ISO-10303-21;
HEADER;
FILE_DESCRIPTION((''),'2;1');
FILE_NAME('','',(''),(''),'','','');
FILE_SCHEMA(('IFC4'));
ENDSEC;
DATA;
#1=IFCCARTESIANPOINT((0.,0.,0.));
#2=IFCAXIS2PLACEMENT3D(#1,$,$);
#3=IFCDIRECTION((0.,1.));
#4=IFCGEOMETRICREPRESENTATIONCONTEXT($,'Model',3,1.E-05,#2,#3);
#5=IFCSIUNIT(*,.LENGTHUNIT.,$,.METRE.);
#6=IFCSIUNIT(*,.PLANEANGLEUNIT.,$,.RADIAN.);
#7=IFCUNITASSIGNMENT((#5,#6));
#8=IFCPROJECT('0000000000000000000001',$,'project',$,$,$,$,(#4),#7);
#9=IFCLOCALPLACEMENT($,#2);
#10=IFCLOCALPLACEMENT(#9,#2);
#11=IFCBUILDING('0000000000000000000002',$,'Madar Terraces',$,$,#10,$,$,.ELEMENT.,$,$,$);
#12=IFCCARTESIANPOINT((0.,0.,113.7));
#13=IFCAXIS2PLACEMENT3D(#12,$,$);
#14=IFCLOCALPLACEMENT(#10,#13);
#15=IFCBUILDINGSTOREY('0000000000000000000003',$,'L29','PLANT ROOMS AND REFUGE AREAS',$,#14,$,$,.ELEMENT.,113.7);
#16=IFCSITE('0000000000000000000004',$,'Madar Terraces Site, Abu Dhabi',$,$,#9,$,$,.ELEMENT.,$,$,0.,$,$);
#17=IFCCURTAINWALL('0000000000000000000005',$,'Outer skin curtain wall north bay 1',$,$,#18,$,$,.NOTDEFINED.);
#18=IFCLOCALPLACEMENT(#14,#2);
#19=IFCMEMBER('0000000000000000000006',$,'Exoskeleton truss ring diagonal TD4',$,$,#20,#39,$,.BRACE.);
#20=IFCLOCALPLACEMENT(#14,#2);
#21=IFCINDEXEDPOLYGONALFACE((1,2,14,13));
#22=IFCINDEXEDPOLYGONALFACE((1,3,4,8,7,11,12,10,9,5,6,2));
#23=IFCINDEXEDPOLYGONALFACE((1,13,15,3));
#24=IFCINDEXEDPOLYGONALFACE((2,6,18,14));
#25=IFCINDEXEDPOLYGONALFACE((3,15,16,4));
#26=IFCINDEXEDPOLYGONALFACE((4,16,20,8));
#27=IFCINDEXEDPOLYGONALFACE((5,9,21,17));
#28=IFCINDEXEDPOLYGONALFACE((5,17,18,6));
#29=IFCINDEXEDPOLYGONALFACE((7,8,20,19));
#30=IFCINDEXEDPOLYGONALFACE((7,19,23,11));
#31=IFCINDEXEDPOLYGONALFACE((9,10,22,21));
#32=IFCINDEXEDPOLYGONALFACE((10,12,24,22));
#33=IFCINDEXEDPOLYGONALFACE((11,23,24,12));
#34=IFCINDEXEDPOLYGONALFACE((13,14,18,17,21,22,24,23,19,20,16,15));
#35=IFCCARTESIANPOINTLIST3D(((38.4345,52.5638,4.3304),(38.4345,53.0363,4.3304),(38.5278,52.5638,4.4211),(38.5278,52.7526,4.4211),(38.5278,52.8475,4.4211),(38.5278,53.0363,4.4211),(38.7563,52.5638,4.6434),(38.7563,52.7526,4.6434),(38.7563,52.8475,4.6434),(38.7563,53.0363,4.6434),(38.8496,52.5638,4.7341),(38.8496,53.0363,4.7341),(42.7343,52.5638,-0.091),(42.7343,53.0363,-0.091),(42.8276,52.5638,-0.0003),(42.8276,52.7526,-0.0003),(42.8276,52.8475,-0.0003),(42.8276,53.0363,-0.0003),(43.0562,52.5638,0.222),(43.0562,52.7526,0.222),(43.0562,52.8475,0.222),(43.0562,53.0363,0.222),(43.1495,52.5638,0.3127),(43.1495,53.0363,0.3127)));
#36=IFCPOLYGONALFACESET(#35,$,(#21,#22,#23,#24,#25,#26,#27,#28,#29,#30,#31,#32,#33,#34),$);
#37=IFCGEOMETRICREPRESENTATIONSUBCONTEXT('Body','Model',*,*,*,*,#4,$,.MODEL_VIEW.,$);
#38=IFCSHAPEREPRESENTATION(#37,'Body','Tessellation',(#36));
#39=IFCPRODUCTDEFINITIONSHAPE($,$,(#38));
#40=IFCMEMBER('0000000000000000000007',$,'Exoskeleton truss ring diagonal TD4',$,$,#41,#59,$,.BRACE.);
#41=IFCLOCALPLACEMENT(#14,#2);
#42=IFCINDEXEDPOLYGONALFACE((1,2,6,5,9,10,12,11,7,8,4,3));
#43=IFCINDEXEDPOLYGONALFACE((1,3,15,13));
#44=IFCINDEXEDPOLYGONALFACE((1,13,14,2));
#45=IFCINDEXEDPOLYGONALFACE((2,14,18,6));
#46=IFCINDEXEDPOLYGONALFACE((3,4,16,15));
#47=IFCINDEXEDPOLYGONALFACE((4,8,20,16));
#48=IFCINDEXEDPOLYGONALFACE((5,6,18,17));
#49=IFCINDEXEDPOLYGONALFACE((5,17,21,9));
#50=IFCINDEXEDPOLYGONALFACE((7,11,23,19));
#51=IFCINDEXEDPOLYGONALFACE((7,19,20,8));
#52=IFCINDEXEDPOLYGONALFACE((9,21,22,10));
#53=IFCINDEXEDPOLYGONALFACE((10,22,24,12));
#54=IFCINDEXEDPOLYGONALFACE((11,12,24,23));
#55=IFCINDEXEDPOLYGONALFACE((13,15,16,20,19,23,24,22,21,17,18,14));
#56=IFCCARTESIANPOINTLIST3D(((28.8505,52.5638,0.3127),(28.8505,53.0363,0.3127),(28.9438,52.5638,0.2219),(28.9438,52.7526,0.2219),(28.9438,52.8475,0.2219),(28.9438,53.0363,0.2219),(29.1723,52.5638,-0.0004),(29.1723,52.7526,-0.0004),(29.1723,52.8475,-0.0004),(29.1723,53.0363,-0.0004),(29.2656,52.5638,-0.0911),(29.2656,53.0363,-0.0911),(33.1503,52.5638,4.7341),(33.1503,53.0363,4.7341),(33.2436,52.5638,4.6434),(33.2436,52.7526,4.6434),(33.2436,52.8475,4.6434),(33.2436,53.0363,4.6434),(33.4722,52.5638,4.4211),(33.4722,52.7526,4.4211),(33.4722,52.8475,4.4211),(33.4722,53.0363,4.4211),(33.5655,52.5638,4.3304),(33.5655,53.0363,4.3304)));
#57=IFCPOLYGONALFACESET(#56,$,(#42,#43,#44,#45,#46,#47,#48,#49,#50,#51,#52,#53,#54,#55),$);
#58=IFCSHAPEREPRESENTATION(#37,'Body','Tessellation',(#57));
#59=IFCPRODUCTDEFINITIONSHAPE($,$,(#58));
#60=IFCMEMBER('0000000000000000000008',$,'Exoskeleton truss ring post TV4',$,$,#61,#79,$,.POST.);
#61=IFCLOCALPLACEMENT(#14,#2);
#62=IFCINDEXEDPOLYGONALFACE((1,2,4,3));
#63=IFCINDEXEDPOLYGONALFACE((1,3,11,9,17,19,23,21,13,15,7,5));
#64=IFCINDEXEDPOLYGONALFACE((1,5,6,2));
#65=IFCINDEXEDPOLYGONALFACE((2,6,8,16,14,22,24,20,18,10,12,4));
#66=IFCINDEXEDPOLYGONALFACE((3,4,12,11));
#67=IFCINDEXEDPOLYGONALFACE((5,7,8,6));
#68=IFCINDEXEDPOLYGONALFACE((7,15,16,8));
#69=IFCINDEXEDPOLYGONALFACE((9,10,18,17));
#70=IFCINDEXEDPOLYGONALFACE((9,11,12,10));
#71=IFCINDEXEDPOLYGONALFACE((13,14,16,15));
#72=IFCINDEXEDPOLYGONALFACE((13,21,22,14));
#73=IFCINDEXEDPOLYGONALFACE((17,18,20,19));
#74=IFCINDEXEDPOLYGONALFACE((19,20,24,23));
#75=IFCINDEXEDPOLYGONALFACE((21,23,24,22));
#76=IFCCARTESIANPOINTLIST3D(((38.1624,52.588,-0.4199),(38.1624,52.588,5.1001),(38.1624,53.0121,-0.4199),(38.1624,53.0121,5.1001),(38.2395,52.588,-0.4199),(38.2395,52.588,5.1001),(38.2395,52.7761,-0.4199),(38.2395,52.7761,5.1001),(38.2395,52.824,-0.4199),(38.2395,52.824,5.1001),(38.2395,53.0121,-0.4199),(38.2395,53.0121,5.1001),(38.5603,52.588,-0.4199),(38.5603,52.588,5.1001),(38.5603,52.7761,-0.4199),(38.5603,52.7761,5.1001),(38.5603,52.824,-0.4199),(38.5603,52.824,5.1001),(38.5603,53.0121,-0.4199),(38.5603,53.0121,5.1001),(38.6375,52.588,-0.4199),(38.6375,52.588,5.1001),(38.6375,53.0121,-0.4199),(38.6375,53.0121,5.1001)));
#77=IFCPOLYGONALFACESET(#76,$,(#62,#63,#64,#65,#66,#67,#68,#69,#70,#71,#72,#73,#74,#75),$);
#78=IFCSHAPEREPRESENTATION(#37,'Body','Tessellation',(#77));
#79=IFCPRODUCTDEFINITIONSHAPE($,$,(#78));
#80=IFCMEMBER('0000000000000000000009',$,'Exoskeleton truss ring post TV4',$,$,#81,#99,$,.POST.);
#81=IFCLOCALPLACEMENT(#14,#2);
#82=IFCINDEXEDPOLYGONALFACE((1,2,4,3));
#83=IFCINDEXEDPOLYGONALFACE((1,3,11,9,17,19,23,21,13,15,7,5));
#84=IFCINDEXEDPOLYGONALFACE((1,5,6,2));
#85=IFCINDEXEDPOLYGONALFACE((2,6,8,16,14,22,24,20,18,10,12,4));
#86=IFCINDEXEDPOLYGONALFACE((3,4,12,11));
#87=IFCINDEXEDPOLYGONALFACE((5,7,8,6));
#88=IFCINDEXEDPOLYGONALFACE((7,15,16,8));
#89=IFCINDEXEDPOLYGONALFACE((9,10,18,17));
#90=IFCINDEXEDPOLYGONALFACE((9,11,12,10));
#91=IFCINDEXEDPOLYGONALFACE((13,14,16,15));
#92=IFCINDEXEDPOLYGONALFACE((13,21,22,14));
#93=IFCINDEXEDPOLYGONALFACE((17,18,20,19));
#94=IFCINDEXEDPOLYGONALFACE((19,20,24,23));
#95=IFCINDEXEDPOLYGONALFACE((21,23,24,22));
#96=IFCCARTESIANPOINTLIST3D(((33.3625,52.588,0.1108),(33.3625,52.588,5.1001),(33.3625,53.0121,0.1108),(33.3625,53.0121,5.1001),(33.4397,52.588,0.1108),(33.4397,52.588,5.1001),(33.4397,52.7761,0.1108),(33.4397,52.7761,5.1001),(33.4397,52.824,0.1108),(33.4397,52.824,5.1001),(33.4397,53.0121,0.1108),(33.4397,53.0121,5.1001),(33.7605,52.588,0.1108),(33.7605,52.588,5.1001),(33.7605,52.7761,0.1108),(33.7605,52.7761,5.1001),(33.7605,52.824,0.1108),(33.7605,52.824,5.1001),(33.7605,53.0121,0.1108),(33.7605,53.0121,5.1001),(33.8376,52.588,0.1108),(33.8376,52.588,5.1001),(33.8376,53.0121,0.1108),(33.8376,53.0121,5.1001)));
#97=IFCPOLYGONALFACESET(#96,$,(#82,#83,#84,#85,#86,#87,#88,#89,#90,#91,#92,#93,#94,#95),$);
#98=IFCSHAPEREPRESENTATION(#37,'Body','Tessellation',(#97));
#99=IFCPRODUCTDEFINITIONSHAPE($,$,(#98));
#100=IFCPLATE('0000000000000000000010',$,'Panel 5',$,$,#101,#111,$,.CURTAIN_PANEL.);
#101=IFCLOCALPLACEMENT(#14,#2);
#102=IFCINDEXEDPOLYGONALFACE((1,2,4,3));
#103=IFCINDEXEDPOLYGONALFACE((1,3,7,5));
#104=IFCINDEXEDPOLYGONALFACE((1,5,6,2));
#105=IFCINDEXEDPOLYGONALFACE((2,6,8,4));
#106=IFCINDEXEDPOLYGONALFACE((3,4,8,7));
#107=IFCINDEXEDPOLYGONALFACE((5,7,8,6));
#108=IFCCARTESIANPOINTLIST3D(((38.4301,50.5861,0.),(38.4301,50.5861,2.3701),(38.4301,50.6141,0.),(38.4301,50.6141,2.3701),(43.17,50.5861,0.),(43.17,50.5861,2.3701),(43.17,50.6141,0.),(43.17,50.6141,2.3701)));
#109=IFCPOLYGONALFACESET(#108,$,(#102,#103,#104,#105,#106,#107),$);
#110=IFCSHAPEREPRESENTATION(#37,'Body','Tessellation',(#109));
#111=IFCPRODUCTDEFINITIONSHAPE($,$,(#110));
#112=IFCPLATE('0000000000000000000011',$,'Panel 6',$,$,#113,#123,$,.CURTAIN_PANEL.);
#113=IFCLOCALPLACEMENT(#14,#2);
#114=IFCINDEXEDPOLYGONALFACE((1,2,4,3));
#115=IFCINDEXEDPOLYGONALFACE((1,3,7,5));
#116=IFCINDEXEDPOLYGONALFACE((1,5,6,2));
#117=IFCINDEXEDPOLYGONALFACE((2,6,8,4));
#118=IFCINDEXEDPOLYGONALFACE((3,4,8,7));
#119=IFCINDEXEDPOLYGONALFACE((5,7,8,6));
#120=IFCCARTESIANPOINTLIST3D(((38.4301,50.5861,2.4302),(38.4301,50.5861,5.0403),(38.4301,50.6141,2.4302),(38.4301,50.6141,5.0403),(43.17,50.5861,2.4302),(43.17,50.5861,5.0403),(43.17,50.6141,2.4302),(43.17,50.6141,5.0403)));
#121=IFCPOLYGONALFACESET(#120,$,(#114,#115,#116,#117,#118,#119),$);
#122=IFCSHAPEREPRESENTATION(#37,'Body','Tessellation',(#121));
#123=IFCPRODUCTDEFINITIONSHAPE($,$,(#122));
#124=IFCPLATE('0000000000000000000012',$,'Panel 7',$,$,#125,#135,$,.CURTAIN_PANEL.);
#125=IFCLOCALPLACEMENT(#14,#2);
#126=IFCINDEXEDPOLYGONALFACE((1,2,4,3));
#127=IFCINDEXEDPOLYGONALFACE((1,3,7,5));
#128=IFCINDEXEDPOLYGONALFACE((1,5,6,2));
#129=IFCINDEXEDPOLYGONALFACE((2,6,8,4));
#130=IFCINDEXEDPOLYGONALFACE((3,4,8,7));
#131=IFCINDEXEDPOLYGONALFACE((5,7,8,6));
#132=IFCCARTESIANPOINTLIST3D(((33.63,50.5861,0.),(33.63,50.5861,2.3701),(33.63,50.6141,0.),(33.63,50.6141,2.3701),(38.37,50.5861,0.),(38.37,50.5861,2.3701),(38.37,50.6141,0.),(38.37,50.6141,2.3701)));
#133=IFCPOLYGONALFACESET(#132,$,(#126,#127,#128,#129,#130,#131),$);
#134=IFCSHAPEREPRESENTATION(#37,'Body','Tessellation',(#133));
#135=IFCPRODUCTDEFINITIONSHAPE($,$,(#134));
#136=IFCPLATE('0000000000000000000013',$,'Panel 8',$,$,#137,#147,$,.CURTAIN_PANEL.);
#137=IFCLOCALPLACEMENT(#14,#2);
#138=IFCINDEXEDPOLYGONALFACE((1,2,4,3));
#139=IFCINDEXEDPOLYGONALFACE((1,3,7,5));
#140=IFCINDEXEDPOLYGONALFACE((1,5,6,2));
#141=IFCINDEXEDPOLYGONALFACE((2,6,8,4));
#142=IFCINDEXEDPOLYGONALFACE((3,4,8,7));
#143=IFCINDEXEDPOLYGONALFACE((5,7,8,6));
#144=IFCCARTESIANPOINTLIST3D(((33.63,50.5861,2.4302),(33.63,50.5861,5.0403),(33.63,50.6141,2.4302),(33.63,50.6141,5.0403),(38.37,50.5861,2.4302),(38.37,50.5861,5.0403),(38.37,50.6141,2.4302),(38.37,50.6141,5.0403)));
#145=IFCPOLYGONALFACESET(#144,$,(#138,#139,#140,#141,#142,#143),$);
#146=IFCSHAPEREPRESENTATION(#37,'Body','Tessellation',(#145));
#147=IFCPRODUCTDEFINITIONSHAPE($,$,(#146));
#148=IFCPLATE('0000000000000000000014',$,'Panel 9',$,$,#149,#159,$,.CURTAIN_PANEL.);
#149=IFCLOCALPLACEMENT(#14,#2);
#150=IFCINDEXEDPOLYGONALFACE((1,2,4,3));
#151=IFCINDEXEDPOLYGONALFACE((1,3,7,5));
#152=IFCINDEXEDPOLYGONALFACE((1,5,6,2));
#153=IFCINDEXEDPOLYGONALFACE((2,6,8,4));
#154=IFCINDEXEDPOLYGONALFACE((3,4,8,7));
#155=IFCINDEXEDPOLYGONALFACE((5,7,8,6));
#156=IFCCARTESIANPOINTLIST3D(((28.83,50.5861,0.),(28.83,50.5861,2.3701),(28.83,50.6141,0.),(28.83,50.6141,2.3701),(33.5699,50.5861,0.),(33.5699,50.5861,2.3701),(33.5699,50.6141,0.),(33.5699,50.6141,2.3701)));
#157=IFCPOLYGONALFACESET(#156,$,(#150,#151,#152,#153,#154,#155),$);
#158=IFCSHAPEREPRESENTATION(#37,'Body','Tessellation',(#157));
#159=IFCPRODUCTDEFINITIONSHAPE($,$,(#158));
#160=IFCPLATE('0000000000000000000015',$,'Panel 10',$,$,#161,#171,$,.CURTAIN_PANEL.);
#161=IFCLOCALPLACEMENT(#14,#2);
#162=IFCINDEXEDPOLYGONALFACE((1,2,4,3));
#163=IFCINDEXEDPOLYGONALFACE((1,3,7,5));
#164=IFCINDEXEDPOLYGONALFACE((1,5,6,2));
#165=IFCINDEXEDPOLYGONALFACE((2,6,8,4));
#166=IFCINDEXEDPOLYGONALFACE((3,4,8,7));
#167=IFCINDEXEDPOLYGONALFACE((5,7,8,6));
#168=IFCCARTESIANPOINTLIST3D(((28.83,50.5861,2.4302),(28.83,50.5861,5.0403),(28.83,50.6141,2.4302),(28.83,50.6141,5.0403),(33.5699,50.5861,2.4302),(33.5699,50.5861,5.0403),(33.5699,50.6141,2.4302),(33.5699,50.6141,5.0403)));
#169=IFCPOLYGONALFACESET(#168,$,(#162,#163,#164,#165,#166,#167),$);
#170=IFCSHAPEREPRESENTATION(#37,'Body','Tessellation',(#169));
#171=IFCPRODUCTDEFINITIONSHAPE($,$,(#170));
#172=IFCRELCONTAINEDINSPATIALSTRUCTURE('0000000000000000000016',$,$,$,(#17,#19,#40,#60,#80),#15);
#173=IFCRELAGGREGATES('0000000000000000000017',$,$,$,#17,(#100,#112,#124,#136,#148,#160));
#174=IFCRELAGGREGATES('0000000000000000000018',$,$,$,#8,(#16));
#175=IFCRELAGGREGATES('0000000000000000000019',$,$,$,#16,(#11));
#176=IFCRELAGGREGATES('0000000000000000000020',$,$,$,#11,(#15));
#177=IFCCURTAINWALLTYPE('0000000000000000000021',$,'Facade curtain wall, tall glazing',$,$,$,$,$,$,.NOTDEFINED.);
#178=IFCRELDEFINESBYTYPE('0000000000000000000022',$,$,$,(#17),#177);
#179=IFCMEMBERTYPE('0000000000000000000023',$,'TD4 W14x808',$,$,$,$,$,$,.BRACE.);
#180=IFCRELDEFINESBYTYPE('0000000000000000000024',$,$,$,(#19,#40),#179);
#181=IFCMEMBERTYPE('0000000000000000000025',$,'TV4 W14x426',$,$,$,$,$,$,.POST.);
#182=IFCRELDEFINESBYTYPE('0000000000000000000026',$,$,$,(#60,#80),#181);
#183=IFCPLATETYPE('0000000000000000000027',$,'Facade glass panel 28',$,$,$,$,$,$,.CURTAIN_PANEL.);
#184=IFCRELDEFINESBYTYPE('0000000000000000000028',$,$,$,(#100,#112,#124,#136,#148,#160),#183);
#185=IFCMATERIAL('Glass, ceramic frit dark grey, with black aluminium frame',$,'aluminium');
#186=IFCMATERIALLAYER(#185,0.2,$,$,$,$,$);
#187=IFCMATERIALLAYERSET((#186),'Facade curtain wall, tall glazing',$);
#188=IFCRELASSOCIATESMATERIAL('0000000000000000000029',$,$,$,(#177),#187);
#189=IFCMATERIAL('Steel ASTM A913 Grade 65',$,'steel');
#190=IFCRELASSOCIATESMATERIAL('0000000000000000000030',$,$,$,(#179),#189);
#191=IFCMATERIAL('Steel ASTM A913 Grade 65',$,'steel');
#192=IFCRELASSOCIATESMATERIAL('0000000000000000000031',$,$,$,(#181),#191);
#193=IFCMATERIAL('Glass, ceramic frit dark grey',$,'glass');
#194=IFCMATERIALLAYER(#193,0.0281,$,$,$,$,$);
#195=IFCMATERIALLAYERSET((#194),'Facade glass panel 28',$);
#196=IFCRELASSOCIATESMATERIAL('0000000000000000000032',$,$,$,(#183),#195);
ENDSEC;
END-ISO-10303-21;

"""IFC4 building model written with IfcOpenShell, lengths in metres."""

from ifc_helpers import new_model, si_unit, direction, frame, origin, origin_2d, place, context, subcontext, project, spatial, rectangle, i_section, extrude, material, layer, layer_set, material_profile, profile_set, type_object, element, aggregate, save


model = new_model("IFC4")

# Units and contexts
model_context = context("Model", 3, precision=1e-05, world=origin(), true_north=direction((0.0, 1.0)))
body_context = subcontext(model_context, "Body", "Model", "MODEL_VIEW")
ifc_project = project(units=[si_unit("LENGTHUNIT", "METRE"), si_unit("PLANEANGLEUNIT", "RADIAN")], contexts=[model_context])

# Site, building, storey
site_placement = place(None, origin())
site = spatial("IfcSite", under=ifc_project, at=site_placement, Name="Madar Terraces Site, Abu Dhabi", CompositionType="ELEMENT", RefElevation=0.0)
building_placement = place(site_placement, origin())
building = spatial("IfcBuilding", under=site, at=building_placement, Name="Madar Terraces", CompositionType="ELEMENT")
storey_placement = place(building_placement, frame((0.0, 0.0, 113.7)))
storey = spatial("IfcBuildingStorey", under=building, at=storey_placement, Name="L29", Description="PLANT ROOMS AND REFUGE AREAS", CompositionType="ELEMENT", Elevation=113.7)

# Curtain wall
ifc_material_1 = material(Name="Glass, ceramic frit dark grey, with black aluminium frame", Category="aluminium")
ifc_layer_1 = layer(ifc_material_1, 0.2)
ifc_layer_set_1 = layer_set([ifc_layer_1], Name="Facade curtain wall, tall glazing")
curtain_wall_type = type_object("IfcCurtainWallType", Name="Facade curtain wall, tall glazing", PredefinedType="NOTDEFINED", material=ifc_layer_set_1)
curtain_wall_placement = place(storey_placement, origin())
curtain_wall = element("IfcCurtainWall", 1, at=curtain_wall_placement, inside=storey, type_object=curtain_wall_type, Name="Outer skin curtain wall north bay 1", PredefinedType="NOTDEFINED")

# Members
ifc_material_2 = material(Name="Steel ASTM A913 Grade 65", Category="steel")
ifc_material_profile_1 = material_profile(ifc_material_2, i_section(OverallWidth=0.4724, OverallDepth=0.5791, WebThickness=0.095, FlangeThickness=0.1301, at=origin_2d()), Name="W14x808")
ifc_profile_set_1 = profile_set([ifc_material_profile_1], Name="Steel ASTM A913 Grade 65")
member_type_1 = type_object("IfcMemberType", Name="TD4 W14x808", PredefinedType="BRACE", material=ifc_profile_set_1)
for number, where, z_axis, x_axis, name in (
    (2, (42.9419, 52.8, 0.1108), (-0.697181, 0.0, 0.716895), (0.0, -1.0, 0.0), "Exoskeleton truss ring diagonal TD4"),
    (3, (33.3579, 52.8, 4.5322), (-0.697181, 0.0, -0.716895), (0.0, -1.0, 0.0), "Exoskeleton truss ring diagonal TD4"),
):
    element("IfcMember", number, at=place(storey_placement, frame(where, z_axis=z_axis, x_axis=x_axis)), inside=storey, type_object=member_type_1, Name=name, PredefinedType="BRACE", context=body_context, shape_type="SweptSolid", body=[
        extrude(i_section(OverallWidth=0.4724, OverallDepth=0.5791, WebThickness=0.095, FlangeThickness=0.1301, at=origin_2d()), origin(), (0.0, 0.0, 1.0), 6.1675),
    ])
ifc_material_3 = material(Name="Steel ASTM A913 Grade 65", Category="steel")
ifc_material_profile_2 = material_profile(ifc_material_3, i_section(OverallWidth=0.4241, OverallDepth=0.4751, WebThickness=0.0479, FlangeThickness=0.0771, at=origin_2d()), Name="W14x426")
ifc_profile_set_2 = profile_set([ifc_material_profile_2], Name="Steel ASTM A913 Grade 65")
member_type_2 = type_object("IfcMemberType", Name="TV4 W14x426", PredefinedType="POST", material=ifc_profile_set_2)
member_1_placement = place(storey_placement, frame((38.3999, 52.8, -0.4199), z_axis=(0.0, 0.0, 1.0), x_axis=(0.0, -1.0, 0.0)))
element("IfcMember", 4, at=member_1_placement, inside=storey, type_object=member_type_2, Name="Exoskeleton truss ring post TV4", PredefinedType="POST", context=body_context, shape_type="SweptSolid", body=[
    extrude(i_section(OverallWidth=0.4241, OverallDepth=0.4751, WebThickness=0.0479, FlangeThickness=0.0771, at=origin_2d()), origin(), (0.0, 0.0, 1.0), 5.52),
])
member_2_placement = place(storey_placement, frame((33.6001, 52.8, 0.1108), z_axis=(0.0, 0.0, 1.0), x_axis=(0.0, -1.0, 0.0)))
element("IfcMember", 5, at=member_2_placement, inside=storey, type_object=member_type_2, Name="Exoskeleton truss ring post TV4", PredefinedType="POST", context=body_context, shape_type="SweptSolid", body=[
    extrude(i_section(OverallWidth=0.4241, OverallDepth=0.4751, WebThickness=0.0479, FlangeThickness=0.0771, at=origin_2d()), origin(), (0.0, 0.0, 1.0), 4.9893),
])

# Plates
ifc_material_4 = material(Name="Glass, ceramic frit dark grey", Category="glass")
ifc_layer_2 = layer(ifc_material_4, 0.0281)
ifc_layer_set_2 = layer_set([ifc_layer_2], Name="Facade glass panel 28")
plate_type = type_object("IfcPlateType", Name="Facade glass panel 28", PredefinedType="CURTAIN_PANEL", material=ifc_layer_set_2)
plate_1_placement = place(storey_placement, frame((40.8, 50.6001, 0.0), z_axis=(0.0, 0.0, 1.0), x_axis=(-1.0, 0.0, 0.0)))
plate_1 = element("IfcPlate", 6, at=plate_1_placement, type_object=plate_type, Name="Panel 5", PredefinedType="CURTAIN_PANEL", context=body_context, shape_type="SweptSolid", body=[
    extrude(rectangle(XDim=4.74, YDim=0.0281, at=origin_2d()), origin(), (0.0, 0.0, 1.0), 2.3701),
])
plate_2_placement = place(storey_placement, frame((40.8, 50.6001, 2.4302), z_axis=(0.0, 0.0, 1.0), x_axis=(-1.0, 0.0, 0.0)))
plate_2 = element("IfcPlate", 7, at=plate_2_placement, type_object=plate_type, Name="Panel 6", PredefinedType="CURTAIN_PANEL", context=body_context, shape_type="SweptSolid", body=[
    extrude(rectangle(XDim=4.74, YDim=0.0281, at=origin_2d()), origin(), (0.0, 0.0, 1.0), 2.6101),
])
plate_3_placement = place(storey_placement, frame((36.0, 50.6001, 0.0), z_axis=(0.0, 0.0, 1.0), x_axis=(-1.0, 0.0, 0.0)))
plate_3 = element("IfcPlate", 8, at=plate_3_placement, type_object=plate_type, Name="Panel 7", PredefinedType="CURTAIN_PANEL", context=body_context, shape_type="SweptSolid", body=[
    extrude(rectangle(XDim=4.74, YDim=0.0281, at=origin_2d()), origin(), (0.0, 0.0, 1.0), 2.3701),
])
plate_4_placement = place(storey_placement, frame((36.0, 50.6001, 2.4302), z_axis=(0.0, 0.0, 1.0), x_axis=(-1.0, 0.0, 0.0)))
plate_4 = element("IfcPlate", 9, at=plate_4_placement, type_object=plate_type, Name="Panel 8", PredefinedType="CURTAIN_PANEL", context=body_context, shape_type="SweptSolid", body=[
    extrude(rectangle(XDim=4.74, YDim=0.0281, at=origin_2d()), origin(), (0.0, 0.0, 1.0), 2.6101),
])
plate_5_placement = place(storey_placement, frame((31.2, 50.6001, 0.0), z_axis=(0.0, 0.0, 1.0), x_axis=(-1.0, 0.0, 0.0)))
plate_5 = element("IfcPlate", 10, at=plate_5_placement, type_object=plate_type, Name="Panel 9", PredefinedType="CURTAIN_PANEL", context=body_context, shape_type="SweptSolid", body=[
    extrude(rectangle(XDim=4.74, YDim=0.0281, at=origin_2d()), origin(), (0.0, 0.0, 1.0), 2.3701),
])
plate_6_placement = place(storey_placement, frame((31.2, 50.6001, 2.4302), z_axis=(0.0, 0.0, 1.0), x_axis=(-1.0, 0.0, 0.0)))
plate_6 = element("IfcPlate", 11, at=plate_6_placement, type_object=plate_type, Name="Panel 10", PredefinedType="CURTAIN_PANEL", context=body_context, shape_type="SweptSolid", body=[
    extrude(rectangle(XDim=4.74, YDim=0.0281, at=origin_2d()), origin(), (0.0, 0.0, 1.0), 2.6101),
])
aggregate(curtain_wall, [plate_1, plate_2, plate_3, plate_4, plate_5, plate_6])

save(model, "model.ifc")
